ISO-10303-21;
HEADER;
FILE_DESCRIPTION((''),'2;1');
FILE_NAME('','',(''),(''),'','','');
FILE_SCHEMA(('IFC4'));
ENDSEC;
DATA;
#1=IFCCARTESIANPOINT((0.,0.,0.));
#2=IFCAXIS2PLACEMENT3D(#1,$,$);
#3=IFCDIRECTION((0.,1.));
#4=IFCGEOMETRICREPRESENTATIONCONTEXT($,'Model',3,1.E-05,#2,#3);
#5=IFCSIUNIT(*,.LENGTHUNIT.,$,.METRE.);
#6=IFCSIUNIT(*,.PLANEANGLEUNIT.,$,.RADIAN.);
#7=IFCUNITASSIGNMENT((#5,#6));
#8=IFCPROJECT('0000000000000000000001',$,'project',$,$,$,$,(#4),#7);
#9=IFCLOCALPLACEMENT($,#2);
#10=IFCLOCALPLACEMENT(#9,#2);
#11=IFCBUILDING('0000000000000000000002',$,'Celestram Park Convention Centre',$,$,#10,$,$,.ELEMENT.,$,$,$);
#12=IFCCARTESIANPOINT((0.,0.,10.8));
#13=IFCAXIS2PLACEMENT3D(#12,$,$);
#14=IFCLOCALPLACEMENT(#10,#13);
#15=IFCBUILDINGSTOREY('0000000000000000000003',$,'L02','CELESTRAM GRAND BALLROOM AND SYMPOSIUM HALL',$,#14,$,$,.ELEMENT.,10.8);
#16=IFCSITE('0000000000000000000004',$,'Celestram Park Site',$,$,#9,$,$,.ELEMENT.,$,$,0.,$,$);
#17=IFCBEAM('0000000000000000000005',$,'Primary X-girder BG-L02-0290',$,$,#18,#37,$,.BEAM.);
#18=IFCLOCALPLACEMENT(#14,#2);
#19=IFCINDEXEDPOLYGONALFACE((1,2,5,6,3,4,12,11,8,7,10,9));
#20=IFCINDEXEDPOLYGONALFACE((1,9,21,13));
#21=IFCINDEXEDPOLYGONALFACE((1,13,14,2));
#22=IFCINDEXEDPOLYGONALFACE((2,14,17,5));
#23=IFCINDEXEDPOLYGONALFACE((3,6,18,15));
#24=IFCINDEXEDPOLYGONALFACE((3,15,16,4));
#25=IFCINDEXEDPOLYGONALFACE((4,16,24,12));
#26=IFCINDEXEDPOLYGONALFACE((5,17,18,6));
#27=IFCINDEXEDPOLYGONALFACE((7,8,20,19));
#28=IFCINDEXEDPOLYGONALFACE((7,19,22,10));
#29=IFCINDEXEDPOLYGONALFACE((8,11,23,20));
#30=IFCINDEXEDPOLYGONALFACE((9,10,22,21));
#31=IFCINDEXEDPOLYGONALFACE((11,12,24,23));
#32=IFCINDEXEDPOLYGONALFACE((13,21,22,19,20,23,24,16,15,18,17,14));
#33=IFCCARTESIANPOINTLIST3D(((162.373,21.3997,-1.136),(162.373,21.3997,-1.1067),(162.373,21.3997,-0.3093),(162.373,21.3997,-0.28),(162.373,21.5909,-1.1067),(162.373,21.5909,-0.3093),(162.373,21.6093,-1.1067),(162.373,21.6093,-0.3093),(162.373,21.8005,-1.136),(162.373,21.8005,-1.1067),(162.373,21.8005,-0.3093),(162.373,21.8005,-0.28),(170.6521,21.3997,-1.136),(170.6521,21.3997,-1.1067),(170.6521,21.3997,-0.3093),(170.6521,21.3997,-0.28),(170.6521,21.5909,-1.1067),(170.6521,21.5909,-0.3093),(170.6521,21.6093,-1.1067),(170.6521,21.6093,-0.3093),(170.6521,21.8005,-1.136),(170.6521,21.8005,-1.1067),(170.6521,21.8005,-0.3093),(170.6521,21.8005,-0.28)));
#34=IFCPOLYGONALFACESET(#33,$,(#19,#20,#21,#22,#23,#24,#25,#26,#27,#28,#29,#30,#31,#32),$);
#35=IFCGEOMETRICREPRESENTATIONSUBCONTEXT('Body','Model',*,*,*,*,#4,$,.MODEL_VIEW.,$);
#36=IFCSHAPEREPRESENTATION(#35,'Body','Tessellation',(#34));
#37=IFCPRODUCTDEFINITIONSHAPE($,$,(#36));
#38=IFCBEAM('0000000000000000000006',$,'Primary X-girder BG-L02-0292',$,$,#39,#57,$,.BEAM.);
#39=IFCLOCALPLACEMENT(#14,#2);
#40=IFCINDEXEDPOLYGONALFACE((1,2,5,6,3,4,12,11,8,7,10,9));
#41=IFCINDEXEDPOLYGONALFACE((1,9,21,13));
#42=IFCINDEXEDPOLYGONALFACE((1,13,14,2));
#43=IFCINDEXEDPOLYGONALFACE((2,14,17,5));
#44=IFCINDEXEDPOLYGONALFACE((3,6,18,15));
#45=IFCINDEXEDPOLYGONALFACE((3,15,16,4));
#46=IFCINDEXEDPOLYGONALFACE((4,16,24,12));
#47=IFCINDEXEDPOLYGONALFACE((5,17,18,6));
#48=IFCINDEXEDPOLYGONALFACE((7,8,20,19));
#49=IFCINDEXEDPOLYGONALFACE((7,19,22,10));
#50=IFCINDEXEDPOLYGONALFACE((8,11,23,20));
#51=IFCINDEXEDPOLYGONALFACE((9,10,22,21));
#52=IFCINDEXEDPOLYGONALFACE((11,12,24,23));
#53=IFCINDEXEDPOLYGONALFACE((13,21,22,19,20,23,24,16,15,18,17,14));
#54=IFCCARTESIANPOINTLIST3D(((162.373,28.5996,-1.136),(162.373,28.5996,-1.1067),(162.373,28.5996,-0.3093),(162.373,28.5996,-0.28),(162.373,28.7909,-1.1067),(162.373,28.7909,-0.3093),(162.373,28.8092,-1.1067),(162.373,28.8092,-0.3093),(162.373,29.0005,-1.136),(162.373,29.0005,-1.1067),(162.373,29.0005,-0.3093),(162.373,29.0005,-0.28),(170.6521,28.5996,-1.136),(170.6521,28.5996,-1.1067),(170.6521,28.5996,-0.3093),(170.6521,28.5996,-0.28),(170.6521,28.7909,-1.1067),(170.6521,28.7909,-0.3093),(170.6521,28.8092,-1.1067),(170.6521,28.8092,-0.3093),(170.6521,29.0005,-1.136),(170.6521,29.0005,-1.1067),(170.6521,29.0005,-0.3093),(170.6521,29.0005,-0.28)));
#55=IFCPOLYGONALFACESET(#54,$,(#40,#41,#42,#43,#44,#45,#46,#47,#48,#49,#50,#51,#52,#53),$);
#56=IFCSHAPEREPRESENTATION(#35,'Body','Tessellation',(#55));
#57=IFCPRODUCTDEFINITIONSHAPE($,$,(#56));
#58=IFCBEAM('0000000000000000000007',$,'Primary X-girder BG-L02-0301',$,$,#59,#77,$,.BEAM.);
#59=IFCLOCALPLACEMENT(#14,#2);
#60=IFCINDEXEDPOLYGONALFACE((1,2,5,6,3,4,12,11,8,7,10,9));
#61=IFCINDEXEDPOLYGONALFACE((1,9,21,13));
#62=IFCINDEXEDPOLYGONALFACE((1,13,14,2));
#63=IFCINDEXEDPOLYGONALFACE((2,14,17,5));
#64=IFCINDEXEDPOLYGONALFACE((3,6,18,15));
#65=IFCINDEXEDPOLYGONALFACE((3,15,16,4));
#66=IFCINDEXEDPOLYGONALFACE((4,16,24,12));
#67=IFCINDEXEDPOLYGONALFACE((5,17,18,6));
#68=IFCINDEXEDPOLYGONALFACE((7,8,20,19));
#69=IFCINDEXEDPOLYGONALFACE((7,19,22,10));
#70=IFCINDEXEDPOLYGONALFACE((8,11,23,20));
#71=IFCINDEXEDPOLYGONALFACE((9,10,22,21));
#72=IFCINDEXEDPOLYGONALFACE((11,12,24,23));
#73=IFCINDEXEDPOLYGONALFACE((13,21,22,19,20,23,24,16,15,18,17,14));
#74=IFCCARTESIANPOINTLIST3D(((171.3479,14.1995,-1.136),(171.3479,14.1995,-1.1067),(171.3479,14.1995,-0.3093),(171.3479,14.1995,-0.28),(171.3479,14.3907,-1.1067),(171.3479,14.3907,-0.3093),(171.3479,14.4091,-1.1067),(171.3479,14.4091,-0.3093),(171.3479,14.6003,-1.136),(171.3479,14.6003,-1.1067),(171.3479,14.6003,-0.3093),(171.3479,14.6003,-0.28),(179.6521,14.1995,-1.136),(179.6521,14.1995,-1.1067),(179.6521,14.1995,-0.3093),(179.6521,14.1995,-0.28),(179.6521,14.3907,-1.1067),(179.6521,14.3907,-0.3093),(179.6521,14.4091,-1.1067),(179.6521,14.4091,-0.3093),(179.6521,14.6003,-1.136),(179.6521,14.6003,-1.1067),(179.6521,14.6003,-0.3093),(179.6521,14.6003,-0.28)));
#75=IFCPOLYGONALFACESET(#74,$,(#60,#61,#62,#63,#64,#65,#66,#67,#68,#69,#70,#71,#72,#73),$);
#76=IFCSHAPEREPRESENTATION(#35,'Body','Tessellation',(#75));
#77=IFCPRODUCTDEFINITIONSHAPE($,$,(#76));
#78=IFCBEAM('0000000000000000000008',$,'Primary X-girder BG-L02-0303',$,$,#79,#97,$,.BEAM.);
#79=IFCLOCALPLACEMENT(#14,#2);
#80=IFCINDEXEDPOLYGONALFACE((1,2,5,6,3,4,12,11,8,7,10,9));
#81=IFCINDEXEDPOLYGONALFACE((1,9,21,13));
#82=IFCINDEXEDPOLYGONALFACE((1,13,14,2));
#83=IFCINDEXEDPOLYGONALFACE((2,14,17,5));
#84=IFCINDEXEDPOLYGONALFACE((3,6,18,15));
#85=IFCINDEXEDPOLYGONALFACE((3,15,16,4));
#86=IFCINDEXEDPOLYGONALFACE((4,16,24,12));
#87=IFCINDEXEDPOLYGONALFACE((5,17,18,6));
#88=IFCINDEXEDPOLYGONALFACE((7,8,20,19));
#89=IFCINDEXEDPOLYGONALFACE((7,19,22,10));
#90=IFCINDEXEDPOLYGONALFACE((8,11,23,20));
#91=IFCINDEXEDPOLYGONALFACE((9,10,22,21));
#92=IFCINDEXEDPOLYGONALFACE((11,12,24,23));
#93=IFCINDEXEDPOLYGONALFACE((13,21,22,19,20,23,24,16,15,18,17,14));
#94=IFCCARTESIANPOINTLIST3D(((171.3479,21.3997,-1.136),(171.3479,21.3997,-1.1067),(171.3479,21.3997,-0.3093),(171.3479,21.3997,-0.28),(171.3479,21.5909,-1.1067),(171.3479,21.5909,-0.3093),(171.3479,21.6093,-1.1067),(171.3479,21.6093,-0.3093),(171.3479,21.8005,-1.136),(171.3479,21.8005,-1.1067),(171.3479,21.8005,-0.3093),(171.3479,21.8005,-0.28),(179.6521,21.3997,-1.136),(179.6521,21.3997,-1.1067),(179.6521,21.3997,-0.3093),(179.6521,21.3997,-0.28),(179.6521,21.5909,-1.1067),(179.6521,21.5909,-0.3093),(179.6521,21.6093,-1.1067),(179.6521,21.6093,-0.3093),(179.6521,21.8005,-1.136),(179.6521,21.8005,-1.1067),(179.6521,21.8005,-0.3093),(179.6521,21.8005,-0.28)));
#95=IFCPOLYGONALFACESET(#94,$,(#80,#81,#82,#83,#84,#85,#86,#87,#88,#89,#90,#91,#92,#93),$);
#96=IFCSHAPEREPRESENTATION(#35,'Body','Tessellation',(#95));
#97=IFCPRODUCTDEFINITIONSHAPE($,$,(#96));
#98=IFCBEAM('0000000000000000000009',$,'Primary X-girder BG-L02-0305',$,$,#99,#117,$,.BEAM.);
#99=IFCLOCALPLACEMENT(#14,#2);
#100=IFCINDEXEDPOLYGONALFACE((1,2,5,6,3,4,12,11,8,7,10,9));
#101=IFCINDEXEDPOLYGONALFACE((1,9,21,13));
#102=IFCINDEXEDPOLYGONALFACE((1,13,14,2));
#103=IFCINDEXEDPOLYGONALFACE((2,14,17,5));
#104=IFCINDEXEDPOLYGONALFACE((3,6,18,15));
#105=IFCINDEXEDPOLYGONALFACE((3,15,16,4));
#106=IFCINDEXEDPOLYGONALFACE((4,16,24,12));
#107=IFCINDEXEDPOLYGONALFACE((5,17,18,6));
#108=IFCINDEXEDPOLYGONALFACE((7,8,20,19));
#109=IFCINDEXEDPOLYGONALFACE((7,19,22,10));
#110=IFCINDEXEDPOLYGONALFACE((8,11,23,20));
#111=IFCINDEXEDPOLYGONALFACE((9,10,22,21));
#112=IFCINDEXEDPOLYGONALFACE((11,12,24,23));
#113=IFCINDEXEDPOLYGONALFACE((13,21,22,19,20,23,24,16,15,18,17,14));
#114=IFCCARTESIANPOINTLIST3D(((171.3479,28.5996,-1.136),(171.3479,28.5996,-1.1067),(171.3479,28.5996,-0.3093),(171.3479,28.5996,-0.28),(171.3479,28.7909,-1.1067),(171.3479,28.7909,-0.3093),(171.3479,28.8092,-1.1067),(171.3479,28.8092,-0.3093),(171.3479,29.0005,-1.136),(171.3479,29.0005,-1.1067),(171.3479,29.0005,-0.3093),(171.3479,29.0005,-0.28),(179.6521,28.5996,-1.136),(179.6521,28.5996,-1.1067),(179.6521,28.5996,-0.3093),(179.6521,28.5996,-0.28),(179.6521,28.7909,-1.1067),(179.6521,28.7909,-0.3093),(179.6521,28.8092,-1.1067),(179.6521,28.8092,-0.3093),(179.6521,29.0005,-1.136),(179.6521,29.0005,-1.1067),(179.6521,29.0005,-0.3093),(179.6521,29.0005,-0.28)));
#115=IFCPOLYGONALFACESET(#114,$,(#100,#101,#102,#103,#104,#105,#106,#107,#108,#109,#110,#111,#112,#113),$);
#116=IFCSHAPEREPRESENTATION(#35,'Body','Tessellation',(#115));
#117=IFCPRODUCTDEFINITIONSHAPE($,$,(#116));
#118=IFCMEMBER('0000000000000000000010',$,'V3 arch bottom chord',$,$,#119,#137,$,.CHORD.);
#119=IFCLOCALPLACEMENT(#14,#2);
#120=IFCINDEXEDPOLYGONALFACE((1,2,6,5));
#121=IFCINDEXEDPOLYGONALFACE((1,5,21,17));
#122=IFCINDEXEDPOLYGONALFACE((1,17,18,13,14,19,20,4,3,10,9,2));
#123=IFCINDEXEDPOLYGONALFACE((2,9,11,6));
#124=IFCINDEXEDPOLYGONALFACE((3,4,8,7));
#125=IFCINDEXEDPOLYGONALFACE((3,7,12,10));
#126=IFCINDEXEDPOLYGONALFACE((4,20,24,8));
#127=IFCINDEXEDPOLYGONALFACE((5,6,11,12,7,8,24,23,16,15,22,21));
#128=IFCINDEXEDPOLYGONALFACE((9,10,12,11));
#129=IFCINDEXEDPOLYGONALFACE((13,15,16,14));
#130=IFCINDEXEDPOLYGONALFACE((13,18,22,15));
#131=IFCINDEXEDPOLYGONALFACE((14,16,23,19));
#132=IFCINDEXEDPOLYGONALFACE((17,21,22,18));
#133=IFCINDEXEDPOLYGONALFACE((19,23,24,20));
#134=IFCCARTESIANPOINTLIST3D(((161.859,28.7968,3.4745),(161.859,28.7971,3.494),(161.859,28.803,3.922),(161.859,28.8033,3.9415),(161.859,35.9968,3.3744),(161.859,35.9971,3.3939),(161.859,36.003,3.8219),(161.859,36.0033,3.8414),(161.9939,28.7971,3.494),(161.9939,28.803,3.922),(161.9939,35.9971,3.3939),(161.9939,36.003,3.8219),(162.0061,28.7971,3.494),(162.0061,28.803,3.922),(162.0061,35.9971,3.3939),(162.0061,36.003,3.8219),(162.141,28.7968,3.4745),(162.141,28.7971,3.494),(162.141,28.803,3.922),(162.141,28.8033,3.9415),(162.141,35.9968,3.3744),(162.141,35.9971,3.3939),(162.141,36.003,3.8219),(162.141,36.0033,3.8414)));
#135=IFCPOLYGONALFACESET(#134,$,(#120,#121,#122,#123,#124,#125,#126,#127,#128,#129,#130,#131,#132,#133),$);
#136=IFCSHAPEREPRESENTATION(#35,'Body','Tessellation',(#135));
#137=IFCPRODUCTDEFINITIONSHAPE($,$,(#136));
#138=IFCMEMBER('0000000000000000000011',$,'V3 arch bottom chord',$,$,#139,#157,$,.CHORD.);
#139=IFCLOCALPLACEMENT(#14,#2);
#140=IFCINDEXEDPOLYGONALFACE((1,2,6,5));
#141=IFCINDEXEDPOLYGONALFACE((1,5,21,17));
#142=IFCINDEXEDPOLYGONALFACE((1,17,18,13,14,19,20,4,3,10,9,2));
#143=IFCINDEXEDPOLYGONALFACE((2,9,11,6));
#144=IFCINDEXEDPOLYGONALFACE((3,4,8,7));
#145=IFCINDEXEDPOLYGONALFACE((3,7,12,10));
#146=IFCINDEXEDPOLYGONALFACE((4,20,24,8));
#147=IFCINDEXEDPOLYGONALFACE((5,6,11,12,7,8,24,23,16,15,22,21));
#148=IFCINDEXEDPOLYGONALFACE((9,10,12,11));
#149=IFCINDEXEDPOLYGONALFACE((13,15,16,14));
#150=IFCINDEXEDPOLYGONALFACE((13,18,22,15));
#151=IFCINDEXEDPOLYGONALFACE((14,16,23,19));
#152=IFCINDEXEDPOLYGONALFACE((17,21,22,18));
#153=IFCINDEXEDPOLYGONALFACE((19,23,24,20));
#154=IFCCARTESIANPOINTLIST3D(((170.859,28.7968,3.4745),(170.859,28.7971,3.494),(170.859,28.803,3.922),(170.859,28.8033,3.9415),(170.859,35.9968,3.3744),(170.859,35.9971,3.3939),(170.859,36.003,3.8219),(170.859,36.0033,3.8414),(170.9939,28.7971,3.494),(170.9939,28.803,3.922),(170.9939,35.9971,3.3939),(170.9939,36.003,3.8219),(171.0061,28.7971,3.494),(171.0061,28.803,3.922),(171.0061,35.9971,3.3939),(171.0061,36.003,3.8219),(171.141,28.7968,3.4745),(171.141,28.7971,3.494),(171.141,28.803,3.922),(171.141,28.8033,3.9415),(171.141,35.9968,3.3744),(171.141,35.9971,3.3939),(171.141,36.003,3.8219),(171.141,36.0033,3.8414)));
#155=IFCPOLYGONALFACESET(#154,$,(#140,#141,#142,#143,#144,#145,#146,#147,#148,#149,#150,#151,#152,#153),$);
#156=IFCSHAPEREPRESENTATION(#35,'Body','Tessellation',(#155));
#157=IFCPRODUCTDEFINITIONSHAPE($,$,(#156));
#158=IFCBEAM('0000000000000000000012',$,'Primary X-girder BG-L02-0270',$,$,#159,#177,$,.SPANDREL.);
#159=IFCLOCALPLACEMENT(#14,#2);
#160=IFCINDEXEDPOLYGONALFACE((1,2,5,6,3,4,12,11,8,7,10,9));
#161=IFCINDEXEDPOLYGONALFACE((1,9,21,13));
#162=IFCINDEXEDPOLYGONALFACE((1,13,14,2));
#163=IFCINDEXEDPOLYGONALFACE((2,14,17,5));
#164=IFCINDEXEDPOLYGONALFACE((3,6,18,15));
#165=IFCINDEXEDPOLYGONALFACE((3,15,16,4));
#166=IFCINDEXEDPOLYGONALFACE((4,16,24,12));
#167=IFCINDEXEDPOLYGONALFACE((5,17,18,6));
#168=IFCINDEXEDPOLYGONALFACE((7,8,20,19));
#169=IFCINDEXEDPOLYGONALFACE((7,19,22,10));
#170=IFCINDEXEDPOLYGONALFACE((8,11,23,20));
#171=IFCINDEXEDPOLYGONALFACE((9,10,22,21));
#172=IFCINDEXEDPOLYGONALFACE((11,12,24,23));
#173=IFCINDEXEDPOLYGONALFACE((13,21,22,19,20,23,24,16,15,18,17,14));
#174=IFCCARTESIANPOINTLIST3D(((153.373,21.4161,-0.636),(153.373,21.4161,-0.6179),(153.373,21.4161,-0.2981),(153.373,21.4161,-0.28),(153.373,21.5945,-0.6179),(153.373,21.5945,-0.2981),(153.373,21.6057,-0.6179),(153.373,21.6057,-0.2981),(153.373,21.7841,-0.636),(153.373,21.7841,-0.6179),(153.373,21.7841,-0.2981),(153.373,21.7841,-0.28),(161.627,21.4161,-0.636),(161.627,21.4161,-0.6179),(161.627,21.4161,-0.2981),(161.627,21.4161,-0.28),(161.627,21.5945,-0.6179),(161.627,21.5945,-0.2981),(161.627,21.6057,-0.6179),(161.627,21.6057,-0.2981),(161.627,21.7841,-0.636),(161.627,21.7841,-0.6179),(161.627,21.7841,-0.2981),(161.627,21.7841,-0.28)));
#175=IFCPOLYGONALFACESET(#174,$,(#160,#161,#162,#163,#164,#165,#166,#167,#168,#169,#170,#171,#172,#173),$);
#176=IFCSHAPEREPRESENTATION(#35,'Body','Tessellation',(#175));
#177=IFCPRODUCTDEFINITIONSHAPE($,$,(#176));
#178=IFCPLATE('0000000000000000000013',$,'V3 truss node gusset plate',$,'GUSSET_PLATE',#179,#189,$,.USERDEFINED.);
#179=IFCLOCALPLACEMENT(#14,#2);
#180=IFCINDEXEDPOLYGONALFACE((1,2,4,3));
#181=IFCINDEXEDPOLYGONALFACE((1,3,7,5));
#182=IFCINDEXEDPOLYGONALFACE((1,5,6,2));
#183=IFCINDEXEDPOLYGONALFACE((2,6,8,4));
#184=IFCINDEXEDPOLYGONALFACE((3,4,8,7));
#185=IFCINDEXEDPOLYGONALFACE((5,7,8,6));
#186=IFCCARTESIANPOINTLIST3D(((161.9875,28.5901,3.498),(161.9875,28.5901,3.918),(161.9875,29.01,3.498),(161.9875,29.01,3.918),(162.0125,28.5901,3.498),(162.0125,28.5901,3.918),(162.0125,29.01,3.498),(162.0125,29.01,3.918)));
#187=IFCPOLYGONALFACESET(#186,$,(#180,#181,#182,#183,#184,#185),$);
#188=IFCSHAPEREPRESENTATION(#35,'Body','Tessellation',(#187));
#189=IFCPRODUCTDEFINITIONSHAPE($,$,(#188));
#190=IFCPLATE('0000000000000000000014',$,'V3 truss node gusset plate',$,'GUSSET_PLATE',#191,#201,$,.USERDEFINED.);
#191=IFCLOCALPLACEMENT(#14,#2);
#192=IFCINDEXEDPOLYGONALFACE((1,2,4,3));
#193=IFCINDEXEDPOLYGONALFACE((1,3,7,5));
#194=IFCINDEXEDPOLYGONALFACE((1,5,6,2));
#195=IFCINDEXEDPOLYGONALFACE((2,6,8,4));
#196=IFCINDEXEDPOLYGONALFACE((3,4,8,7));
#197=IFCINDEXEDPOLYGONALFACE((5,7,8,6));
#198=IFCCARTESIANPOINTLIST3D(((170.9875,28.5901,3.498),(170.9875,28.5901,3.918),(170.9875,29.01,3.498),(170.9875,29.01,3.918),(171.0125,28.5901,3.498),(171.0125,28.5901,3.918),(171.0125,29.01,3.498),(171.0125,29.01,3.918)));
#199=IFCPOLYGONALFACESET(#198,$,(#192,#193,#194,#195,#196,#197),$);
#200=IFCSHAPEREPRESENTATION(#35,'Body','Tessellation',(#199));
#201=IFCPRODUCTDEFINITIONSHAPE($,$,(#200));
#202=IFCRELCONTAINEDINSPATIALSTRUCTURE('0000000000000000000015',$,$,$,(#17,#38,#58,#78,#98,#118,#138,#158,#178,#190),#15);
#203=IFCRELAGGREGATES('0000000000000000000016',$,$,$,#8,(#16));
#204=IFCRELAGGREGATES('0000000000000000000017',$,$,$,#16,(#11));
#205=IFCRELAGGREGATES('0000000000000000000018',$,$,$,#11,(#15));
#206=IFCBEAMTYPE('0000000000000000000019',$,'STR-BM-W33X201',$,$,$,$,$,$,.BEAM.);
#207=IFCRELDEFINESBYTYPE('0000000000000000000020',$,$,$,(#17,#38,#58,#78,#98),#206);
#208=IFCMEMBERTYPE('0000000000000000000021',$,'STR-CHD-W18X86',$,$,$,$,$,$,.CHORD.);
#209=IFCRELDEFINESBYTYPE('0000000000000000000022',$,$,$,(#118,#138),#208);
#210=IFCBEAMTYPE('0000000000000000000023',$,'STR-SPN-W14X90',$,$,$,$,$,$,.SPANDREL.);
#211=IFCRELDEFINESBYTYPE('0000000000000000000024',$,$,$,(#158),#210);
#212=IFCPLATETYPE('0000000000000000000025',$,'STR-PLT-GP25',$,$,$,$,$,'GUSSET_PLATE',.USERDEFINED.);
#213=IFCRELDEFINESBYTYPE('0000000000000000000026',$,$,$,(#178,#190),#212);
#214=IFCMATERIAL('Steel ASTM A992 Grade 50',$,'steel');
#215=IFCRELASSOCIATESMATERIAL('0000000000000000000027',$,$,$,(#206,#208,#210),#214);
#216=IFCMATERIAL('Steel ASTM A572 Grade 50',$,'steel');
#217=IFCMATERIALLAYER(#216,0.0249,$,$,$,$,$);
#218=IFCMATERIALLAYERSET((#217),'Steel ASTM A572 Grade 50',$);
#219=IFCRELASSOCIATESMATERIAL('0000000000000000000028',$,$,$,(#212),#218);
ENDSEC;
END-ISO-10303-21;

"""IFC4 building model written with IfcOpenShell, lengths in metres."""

from ifc_helpers import new_model, si_unit, direction, frame, origin, origin_2d, place, context, subcontext, project, spatial, rectangle, i_section, extrude, material, layer, layer_set, material_profile, profile_set, type_object, element, save


model = new_model("IFC4")

# Units and contexts
model_context = context("Model", 3, precision=1e-05, world=origin(), true_north=direction((0.0, 1.0)))
body_context = subcontext(model_context, "Body", "Model", "MODEL_VIEW")
ifc_project = project(units=[si_unit("LENGTHUNIT", "METRE"), si_unit("PLANEANGLEUNIT", "RADIAN")], contexts=[model_context])

# Site, building, storey
site_placement = place(None, origin())
site = spatial("IfcSite", under=ifc_project, at=site_placement, Name="Celestram Park Site", CompositionType="ELEMENT", RefElevation=0.0)
building_placement = place(site_placement, origin())
building = spatial("IfcBuilding", under=site, at=building_placement, Name="Celestram Park Convention Centre", CompositionType="ELEMENT")
storey_placement = place(building_placement, frame((0.0, 0.0, 10.8)))
storey = spatial("IfcBuildingStorey", under=building, at=storey_placement, Name="L02", Description="CELESTRAM GRAND BALLROOM AND SYMPOSIUM HALL", CompositionType="ELEMENT", Elevation=10.8)

# Shared definitions
ifc_material_1 = material(Name="Steel ASTM A992 Grade 50", Category="steel")

# Beams
ifc_material_profile_1 = material_profile(ifc_material_1, i_section(OverallWidth=0.4009, OverallDepth=0.856, WebThickness=0.0183, FlangeThickness=0.0293, at=origin_2d()), Name="W33X201")
ifc_profile_set_1 = profile_set([ifc_material_profile_1], Name="Steel ASTM A992 Grade 50")
beam_type_1 = type_object("IfcBeamType", Name="STR-BM-W33X201", PredefinedType="BEAM", material=ifc_profile_set_1)
for number, where, z_axis, x_axis, name in (
    (1, (162.373, 21.6001, -0.708), (1.0, 0.0, 0.0), (0.0, 1.0, 0.0), "Primary X-girder BG-L02-0290"),
    (2, (162.373, 28.8, -0.708), (1.0, 0.0, 0.0), (0.0, 1.0, 0.0), "Primary X-girder BG-L02-0292"),
):
    element("IfcBeam", number, at=place(storey_placement, frame(where, z_axis=z_axis, x_axis=x_axis)), inside=storey, type_object=beam_type_1, Name=name, PredefinedType="BEAM", context=body_context, shape_type="SweptSolid", body=[
        extrude(i_section(OverallWidth=0.4009, OverallDepth=0.856, WebThickness=0.0183, FlangeThickness=0.0293, at=origin_2d()), origin(), (0.0, 0.0, 1.0), 8.2791),
    ])
for number, where, z_axis, x_axis, name in (
    (3, (171.3479, 14.3999, -0.708), (1.0, 0.0, 0.0), (0.0, 1.0, 0.0), "Primary X-girder BG-L02-0301"),
    (4, (171.3479, 21.6001, -0.708), (1.0, 0.0, 0.0), (0.0, 1.0, 0.0), "Primary X-girder BG-L02-0303"),
    (5, (171.3479, 28.8, -0.708), (1.0, 0.0, 0.0), (0.0, 1.0, 0.0), "Primary X-girder BG-L02-0305"),
):
    element("IfcBeam", number, at=place(storey_placement, frame(where, z_axis=z_axis, x_axis=x_axis)), inside=storey, type_object=beam_type_1, Name=name, PredefinedType="BEAM", context=body_context, shape_type="SweptSolid", body=[
        extrude(i_section(OverallWidth=0.4009, OverallDepth=0.856, WebThickness=0.0183, FlangeThickness=0.0293, at=origin_2d()), origin(), (0.0, 0.0, 1.0), 8.3042),
    ])

# Members
ifc_material_profile_2 = material_profile(ifc_material_1, i_section(OverallWidth=0.282, OverallDepth=0.467, WebThickness=0.0122, FlangeThickness=0.0195, at=origin_2d()), Name="W18X86")
ifc_profile_set_2 = profile_set([ifc_material_profile_2], Name="Steel ASTM A992 Grade 50")
member_type = type_object("IfcMemberType", Name="STR-CHD-W18X86", PredefinedType="CHORD", material=ifc_profile_set_2)
for number, where, z_axis, x_axis, name in (
    (6, (162.0, 28.8, 3.708), (0.0, 0.999903, -0.013901), (-1.0, 0.0, 0.0), "V3 arch bottom chord"),
    (7, (171.0, 28.8, 3.708), (0.0, 0.999903, -0.013901), (-1.0, 0.0, 0.0), "V3 arch bottom chord"),
):
    element("IfcMember", number, at=place(storey_placement, frame(where, z_axis=z_axis, x_axis=x_axis)), inside=storey, type_object=member_type, Name=name, PredefinedType="CHORD", context=body_context, shape_type="SweptSolid", body=[
        extrude(i_section(OverallWidth=0.282, OverallDepth=0.467, WebThickness=0.0122, FlangeThickness=0.0195, at=origin_2d()), origin(), (0.0, 0.0, 1.0), 7.2007),
    ])

# Beam
ifc_material_profile_3 = material_profile(ifc_material_1, i_section(OverallWidth=0.3679, OverallDepth=0.356, WebThickness=0.0112, FlangeThickness=0.0181, at=origin_2d()), Name="W14X90")
ifc_profile_set_3 = profile_set([ifc_material_profile_3], Name="Steel ASTM A992 Grade 50")
beam_type_2 = type_object("IfcBeamType", Name="STR-SPN-W14X90", PredefinedType="SPANDREL", material=ifc_profile_set_3)
beam_1_placement = place(storey_placement, frame((153.373, 21.6001, -0.458), z_axis=(1.0, 0.0, 0.0), x_axis=(0.0, 1.0, 0.0)))
element("IfcBeam", 8, at=beam_1_placement, inside=storey, type_object=beam_type_2, Name="Primary X-girder BG-L02-0270", PredefinedType="SPANDREL", context=body_context, shape_type="SweptSolid", body=[
    extrude(i_section(OverallWidth=0.3679, OverallDepth=0.356, WebThickness=0.0112, FlangeThickness=0.0181, at=origin_2d()), origin(), (0.0, 0.0, 1.0), 8.2539),
])

# Plates
ifc_material_2 = material(Name="Steel ASTM A572 Grade 50", Category="steel")
ifc_layer_1 = layer(ifc_material_2, 0.0249)
ifc_layer_set_1 = layer_set([ifc_layer_1], Name="Steel ASTM A572 Grade 50")
plate_type = type_object("IfcPlateType", Name="STR-PLT-GP25", ElementType="GUSSET_PLATE", PredefinedType="USERDEFINED", material=ifc_layer_set_1)
for number, where, z_axis, x_axis, name in (
    (9, (162.0, 28.8, 3.498), (0.0, 0.0, 1.0), (0.0, 1.0, 0.0), "V3 truss node gusset plate"),
    (10, (171.0, 28.8, 3.498), (0.0, 0.0, 1.0), (0.0, 1.0, 0.0), "V3 truss node gusset plate"),
):
    element("IfcPlate", number, at=place(storey_placement, frame(where, z_axis=z_axis, x_axis=x_axis)), inside=storey, type_object=plate_type, Name=name, ObjectType="GUSSET_PLATE", PredefinedType="USERDEFINED", context=body_context, shape_type="SweptSolid", body=[
        extrude(rectangle(XDim=0.4199, YDim=0.0249, at=origin_2d()), origin(), (0.0, 0.0, 1.0), 0.4199),
    ])

save(model, "model.ifc")
